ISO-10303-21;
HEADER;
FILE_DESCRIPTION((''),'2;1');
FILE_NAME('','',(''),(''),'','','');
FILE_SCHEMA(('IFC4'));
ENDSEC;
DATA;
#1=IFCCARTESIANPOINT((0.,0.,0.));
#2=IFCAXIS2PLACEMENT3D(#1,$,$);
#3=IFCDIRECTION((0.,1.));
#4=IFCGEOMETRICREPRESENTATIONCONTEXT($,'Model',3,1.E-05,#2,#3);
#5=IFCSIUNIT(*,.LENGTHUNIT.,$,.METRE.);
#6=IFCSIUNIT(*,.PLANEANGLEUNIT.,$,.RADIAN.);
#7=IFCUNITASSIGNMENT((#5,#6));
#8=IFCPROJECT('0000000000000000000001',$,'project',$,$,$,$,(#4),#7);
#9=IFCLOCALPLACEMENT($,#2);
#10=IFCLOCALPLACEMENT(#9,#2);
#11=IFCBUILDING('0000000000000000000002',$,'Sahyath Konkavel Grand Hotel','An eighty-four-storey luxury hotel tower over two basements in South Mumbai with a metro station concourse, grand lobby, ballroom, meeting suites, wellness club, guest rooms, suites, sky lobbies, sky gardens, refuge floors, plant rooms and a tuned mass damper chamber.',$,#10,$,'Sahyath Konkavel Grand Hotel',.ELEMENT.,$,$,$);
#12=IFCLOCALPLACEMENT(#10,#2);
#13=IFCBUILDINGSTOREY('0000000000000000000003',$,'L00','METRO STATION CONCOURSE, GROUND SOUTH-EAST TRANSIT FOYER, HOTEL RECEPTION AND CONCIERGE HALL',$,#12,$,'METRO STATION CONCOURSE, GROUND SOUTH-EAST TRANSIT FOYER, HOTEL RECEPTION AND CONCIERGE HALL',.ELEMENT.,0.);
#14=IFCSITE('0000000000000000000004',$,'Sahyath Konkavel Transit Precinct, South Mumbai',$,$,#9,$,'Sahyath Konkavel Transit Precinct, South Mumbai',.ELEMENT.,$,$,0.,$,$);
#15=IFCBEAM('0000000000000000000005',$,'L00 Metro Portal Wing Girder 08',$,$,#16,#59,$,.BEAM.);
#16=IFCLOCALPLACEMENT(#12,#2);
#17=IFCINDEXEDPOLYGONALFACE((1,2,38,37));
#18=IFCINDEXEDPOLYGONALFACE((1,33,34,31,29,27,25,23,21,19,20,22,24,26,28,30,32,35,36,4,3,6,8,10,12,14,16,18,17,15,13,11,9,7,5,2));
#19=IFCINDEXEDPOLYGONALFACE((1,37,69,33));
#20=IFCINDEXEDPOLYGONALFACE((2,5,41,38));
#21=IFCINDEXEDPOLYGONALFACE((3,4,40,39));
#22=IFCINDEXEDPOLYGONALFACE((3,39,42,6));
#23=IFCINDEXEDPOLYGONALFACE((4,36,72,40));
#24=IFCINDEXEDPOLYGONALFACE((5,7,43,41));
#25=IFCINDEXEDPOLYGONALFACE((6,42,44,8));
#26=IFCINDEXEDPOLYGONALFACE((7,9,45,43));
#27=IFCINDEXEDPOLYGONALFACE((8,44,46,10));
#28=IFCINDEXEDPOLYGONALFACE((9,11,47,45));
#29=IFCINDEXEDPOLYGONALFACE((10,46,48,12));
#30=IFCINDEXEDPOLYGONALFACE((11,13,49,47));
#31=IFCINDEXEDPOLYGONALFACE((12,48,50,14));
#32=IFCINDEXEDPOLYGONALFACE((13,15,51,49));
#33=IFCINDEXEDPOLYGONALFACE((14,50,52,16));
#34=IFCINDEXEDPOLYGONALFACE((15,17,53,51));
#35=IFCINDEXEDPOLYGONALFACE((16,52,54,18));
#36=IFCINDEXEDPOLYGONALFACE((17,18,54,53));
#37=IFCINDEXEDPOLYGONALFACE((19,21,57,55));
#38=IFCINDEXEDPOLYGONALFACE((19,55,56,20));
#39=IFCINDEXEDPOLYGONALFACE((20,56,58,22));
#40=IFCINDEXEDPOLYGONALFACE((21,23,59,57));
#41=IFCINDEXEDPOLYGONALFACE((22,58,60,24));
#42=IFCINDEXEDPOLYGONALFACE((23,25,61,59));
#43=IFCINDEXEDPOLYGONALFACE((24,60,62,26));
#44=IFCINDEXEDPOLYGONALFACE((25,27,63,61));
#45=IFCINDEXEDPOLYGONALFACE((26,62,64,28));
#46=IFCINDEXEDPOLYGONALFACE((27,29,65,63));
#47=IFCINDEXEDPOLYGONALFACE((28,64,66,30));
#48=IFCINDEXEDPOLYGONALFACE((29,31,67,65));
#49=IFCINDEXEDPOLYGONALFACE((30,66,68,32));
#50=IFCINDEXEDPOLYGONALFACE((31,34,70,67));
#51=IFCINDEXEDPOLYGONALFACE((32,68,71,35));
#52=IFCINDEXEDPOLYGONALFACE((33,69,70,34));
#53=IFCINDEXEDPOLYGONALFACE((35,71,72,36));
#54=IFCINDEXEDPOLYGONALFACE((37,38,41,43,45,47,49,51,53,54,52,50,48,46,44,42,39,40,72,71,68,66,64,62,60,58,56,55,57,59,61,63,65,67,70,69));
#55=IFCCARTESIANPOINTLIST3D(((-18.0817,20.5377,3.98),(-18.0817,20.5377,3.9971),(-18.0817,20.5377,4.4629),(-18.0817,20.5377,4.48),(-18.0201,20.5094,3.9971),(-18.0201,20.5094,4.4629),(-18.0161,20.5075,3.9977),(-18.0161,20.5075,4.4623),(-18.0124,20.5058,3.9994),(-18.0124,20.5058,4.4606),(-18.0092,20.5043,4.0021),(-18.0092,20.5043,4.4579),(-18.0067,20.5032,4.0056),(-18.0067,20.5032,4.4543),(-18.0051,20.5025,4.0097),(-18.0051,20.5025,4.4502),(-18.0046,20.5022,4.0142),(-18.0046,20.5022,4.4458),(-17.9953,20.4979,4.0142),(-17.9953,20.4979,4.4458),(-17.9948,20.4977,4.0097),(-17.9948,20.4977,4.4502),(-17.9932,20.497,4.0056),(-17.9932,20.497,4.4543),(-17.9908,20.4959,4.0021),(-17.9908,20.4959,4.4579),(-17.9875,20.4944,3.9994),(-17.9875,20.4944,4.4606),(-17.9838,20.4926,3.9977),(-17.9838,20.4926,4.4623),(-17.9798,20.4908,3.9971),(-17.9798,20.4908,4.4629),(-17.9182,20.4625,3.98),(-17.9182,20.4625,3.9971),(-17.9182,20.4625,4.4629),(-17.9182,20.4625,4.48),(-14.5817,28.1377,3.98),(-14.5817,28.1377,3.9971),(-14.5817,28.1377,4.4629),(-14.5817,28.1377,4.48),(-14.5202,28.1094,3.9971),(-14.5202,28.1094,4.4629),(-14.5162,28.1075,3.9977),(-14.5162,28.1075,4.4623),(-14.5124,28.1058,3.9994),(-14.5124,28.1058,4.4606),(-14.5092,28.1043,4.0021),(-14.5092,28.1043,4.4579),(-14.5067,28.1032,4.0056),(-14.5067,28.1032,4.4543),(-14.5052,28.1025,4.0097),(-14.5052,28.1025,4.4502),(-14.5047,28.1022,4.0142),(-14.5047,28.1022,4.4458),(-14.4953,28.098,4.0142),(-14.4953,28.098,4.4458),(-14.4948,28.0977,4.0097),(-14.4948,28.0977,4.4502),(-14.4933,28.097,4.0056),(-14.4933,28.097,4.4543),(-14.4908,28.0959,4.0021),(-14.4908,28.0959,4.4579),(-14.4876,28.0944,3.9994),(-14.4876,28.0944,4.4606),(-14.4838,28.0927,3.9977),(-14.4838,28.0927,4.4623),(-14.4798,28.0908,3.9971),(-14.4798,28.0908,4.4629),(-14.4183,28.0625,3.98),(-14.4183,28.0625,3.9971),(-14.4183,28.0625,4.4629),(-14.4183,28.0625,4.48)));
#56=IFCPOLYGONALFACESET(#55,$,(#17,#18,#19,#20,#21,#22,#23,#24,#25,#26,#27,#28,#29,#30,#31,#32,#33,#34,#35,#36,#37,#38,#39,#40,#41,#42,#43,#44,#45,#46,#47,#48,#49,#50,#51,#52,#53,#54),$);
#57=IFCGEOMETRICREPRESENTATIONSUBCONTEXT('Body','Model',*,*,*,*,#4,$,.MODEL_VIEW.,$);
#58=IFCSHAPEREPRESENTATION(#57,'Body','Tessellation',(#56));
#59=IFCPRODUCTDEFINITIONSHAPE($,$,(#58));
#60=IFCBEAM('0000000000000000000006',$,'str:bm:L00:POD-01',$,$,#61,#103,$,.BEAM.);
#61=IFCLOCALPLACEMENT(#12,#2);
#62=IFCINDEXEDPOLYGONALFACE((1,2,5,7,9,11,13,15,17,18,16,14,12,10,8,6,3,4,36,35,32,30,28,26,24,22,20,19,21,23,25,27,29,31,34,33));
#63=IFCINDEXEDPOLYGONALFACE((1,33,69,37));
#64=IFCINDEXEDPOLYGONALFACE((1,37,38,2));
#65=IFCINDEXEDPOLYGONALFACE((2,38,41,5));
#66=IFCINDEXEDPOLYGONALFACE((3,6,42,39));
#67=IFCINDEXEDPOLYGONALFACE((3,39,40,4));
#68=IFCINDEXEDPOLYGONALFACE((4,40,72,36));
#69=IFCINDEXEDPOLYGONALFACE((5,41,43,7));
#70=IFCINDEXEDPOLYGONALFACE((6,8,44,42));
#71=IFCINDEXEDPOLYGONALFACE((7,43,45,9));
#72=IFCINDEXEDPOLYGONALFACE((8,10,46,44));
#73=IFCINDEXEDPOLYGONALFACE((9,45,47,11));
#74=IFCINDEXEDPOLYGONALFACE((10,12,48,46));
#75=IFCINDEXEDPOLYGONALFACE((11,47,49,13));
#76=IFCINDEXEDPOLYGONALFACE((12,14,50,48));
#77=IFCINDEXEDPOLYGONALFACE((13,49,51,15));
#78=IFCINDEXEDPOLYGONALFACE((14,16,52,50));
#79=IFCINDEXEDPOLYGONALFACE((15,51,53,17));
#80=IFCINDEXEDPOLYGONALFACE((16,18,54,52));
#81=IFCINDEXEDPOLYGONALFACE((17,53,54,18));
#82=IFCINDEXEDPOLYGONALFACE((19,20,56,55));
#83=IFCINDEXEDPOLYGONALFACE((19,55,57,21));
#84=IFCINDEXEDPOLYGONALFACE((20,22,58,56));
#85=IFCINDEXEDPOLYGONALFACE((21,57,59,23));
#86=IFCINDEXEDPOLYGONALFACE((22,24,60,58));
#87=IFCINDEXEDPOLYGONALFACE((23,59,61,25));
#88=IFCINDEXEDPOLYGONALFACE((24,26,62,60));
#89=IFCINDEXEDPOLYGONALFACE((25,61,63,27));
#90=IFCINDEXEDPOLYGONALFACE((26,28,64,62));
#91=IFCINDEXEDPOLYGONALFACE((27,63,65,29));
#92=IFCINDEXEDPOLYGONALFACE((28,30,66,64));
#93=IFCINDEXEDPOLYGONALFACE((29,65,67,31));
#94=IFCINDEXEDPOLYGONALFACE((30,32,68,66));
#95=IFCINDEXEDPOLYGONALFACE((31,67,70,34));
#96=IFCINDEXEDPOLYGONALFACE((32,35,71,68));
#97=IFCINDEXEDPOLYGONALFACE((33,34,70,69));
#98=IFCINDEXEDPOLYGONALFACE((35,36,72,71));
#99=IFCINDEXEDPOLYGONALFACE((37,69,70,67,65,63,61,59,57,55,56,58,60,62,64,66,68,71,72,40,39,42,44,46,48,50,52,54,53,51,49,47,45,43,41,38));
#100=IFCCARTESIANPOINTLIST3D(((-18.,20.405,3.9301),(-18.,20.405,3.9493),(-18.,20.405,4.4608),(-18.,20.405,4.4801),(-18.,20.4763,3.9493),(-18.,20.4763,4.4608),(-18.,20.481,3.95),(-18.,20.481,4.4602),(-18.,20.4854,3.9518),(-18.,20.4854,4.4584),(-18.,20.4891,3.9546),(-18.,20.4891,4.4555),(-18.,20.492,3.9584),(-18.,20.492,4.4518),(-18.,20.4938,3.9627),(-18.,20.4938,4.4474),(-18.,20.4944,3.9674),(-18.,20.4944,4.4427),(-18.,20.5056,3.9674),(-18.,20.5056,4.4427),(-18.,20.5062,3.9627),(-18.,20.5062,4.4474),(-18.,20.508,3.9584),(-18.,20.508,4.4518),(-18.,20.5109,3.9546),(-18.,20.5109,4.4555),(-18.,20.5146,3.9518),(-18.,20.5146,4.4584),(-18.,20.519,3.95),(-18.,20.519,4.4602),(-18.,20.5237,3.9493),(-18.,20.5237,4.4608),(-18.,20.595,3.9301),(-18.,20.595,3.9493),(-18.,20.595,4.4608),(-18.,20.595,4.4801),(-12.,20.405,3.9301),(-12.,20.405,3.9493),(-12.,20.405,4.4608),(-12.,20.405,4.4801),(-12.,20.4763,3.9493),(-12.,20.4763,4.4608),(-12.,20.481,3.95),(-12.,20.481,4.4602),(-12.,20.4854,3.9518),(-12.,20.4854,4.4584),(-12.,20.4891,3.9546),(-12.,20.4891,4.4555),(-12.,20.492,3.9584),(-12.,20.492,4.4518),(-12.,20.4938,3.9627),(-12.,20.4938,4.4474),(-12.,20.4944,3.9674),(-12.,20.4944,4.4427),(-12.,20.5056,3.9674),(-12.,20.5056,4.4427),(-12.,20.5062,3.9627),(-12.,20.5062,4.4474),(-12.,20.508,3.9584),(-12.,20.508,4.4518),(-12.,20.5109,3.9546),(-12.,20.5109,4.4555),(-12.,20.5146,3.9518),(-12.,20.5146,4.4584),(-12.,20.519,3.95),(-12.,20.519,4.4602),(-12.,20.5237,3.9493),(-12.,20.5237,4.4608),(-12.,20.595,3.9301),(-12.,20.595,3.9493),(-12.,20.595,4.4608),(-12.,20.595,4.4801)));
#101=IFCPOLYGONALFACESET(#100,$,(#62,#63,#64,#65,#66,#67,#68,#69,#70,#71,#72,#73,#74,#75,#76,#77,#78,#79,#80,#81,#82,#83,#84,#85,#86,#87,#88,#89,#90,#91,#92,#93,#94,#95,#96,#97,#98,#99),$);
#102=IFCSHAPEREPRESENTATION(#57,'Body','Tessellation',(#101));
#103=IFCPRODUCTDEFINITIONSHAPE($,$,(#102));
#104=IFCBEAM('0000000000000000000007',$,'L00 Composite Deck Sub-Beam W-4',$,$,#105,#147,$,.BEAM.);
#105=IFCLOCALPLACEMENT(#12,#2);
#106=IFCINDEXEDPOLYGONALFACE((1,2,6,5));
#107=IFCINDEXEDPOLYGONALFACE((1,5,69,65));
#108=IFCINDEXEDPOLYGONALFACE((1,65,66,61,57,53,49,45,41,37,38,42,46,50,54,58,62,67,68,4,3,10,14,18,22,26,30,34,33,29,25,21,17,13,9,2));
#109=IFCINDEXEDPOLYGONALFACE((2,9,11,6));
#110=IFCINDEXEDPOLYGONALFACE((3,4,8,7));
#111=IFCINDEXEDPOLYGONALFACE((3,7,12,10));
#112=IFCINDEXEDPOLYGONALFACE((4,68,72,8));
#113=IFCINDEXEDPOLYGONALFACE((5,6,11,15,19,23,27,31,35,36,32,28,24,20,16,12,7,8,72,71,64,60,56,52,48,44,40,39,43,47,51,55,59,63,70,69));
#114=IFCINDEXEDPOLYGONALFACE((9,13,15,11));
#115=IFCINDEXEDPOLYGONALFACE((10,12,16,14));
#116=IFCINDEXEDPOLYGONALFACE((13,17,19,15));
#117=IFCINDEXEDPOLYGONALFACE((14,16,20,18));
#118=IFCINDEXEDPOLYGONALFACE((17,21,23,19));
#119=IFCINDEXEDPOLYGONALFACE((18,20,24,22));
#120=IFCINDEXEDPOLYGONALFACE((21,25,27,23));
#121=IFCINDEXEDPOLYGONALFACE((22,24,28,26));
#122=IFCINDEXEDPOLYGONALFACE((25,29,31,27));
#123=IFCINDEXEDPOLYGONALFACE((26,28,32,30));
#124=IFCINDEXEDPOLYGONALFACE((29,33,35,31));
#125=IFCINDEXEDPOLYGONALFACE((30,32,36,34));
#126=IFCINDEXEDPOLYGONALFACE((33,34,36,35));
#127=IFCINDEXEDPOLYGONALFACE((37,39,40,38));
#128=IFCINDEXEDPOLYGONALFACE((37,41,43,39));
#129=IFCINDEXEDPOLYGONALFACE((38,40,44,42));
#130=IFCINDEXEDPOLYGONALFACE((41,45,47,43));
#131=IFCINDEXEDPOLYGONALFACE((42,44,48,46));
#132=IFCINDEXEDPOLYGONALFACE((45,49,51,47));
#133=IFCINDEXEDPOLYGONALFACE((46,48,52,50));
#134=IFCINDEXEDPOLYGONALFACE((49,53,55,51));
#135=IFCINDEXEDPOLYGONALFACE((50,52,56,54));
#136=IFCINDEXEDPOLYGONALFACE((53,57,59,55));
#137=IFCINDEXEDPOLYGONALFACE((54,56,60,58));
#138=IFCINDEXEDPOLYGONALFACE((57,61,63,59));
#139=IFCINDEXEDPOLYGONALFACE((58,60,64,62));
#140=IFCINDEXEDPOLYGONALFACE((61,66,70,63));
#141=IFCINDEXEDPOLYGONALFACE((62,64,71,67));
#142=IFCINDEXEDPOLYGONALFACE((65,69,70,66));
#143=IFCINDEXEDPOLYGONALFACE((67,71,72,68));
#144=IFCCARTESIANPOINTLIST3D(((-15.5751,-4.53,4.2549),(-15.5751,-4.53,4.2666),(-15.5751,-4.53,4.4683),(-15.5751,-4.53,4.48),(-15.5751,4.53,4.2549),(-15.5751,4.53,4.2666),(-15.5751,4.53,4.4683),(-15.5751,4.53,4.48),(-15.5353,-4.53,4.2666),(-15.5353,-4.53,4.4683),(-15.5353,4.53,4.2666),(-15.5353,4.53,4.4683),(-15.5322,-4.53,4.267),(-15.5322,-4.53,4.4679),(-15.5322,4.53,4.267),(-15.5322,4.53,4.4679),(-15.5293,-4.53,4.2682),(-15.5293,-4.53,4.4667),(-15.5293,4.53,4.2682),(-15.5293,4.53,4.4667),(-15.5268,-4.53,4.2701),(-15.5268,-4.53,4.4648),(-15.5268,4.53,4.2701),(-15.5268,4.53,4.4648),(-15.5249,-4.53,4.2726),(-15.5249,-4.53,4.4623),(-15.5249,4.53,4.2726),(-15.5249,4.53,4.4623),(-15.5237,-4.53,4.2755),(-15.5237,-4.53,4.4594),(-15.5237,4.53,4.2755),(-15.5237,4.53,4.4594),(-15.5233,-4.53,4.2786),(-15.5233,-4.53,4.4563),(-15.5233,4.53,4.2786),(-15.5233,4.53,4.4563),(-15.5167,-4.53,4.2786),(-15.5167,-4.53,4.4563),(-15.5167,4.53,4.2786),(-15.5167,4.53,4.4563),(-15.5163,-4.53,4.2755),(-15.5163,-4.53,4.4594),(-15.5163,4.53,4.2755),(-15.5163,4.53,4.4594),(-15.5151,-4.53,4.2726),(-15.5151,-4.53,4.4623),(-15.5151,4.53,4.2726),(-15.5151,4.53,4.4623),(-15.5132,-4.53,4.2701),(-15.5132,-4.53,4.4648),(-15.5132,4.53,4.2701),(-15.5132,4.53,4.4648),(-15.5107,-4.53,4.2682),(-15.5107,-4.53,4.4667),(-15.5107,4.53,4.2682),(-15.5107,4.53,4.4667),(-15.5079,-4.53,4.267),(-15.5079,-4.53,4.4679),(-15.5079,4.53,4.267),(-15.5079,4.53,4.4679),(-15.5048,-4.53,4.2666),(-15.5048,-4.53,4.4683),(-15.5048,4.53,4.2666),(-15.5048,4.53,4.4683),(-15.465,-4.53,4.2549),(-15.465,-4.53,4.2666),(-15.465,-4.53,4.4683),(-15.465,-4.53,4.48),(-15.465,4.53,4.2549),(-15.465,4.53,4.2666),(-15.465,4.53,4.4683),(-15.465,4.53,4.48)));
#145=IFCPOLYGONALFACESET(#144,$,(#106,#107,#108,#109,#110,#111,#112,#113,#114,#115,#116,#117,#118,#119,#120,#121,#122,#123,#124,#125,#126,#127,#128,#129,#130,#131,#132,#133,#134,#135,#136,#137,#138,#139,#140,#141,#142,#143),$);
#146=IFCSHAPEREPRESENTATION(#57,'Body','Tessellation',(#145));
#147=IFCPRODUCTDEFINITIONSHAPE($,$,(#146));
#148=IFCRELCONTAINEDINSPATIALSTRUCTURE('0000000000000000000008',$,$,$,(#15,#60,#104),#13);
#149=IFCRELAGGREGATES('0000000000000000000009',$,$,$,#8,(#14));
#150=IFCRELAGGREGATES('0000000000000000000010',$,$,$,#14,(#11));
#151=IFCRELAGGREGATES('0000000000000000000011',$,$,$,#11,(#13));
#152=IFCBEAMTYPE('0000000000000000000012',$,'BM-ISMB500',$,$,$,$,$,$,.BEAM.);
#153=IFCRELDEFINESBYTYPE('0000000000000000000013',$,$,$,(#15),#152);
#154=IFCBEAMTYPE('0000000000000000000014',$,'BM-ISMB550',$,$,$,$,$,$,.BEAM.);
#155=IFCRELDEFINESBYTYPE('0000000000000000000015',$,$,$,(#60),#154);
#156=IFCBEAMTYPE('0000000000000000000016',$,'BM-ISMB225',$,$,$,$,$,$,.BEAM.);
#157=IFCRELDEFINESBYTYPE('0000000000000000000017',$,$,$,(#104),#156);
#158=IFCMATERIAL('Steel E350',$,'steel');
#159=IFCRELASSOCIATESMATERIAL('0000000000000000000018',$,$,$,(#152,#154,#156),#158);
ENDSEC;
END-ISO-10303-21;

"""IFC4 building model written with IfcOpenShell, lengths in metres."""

from ifc_helpers import new_model, si_unit, direction, frame, origin, origin_2d, place, context, subcontext, project, spatial, i_section, extrude, source, transform, mapped, material, material_profile, profile_set, type_object, element, save


model = new_model("IFC4")

# Units and contexts
model_context = context("Model", 3, precision=1e-05, world=origin(), true_north=direction((0.0, 1.0)))
body_context = subcontext(model_context, "Body", "Model", "MODEL_VIEW")
ifc_project = project(units=[si_unit("LENGTHUNIT", "METRE"), si_unit("PLANEANGLEUNIT", "RADIAN")], contexts=[model_context])

# Site, building, storey
site_placement = place(None, origin())
site = spatial("IfcSite", under=ifc_project, at=site_placement, Name="Sahyath Konkavel Transit Precinct, South Mumbai", LongName="Sahyath Konkavel Transit Precinct, South Mumbai", CompositionType="ELEMENT", RefElevation=0.0)
building_placement = place(site_placement, origin())
building = spatial("IfcBuilding", under=site, at=building_placement, Name="Sahyath Konkavel Grand Hotel", Description="An eighty-four-storey luxury hotel tower over two basements in South Mumbai with a metro station concourse, grand lobby, ballroom, meeting suites, wellness club, guest rooms, suites, sky lobbies, sky gardens, refuge floors, plant rooms and a tuned mass damper chamber.", LongName="Sahyath Konkavel Grand Hotel", CompositionType="ELEMENT")
storey_placement = place(building_placement, origin())
storey = spatial("IfcBuildingStorey", under=building, at=storey_placement, Name="L00", Description="METRO STATION CONCOURSE, GROUND SOUTH-EAST TRANSIT FOYER, HOTEL RECEPTION AND CONCIERGE HALL", LongName="METRO STATION CONCOURSE, GROUND SOUTH-EAST TRANSIT FOYER, HOTEL RECEPTION AND CONCIERGE HALL", CompositionType="ELEMENT", Elevation=0.0)

# Shared definitions
ifc_material_1 = material(Name="Steel E350", Category="steel")

# Beams
ifc_material_profile_1 = material_profile(ifc_material_1, i_section(OverallWidth=0.1799, OverallDepth=0.5, WebThickness=0.0103, FlangeThickness=0.0171, FilletRadius=0.0171, at=origin_2d()), Name="ISMB 500")
ifc_profile_set_1 = profile_set([ifc_material_profile_1], Name="Steel E350")
beam_type_1 = type_object("IfcBeamType", Name="BM-ISMB500", PredefinedType="BEAM", material=ifc_profile_set_1)
shared_shape_1 = source(origin(), body_context, "Body", "SweptSolid", [
    extrude(i_section(OverallWidth=0.1799, OverallDepth=0.5, WebThickness=0.0103, FlangeThickness=0.0171, FilletRadius=0.0171, at=origin_2d()), origin(), (0.0, 0.0, 1.0), 8.3672),
])
beam_1_placement = place(storey_placement, frame((-14.5, 28.1001, 4.23), z_axis=(-0.418296, -0.908311, 0.0), x_axis=(0.908311, -0.418296, 0.0)))
element("IfcBeam", 1, at=beam_1_placement, inside=storey, type_object=beam_type_1, Name="L00 Metro Portal Wing Girder 08", PredefinedType="BEAM", context=body_context, shape_type="MappedRepresentation", body=[
    mapped(shared_shape_1, transform((0.0, 0.0, 0.0), scale=1.0)),
])
ifc_material_profile_2 = material_profile(ifc_material_1, i_section(OverallWidth=0.1899, OverallDepth=0.55, WebThickness=0.0112, FlangeThickness=0.0193, FilletRadius=0.0181, at=origin_2d()), Name="ISMB 550")
ifc_profile_set_2 = profile_set([ifc_material_profile_2], Name="Steel E350")
beam_type_2 = type_object("IfcBeamType", Name="BM-ISMB550", PredefinedType="BEAM", material=ifc_profile_set_2)
shared_shape_2 = source(origin(), body_context, "Body", "SweptSolid", [
    extrude(i_section(OverallWidth=0.1899, OverallDepth=0.55, WebThickness=0.0112, FlangeThickness=0.0193, FilletRadius=0.0181, at=origin_2d()), origin(), (0.0, 0.0, 1.0), 6.0),
])
beam_2_placement = place(storey_placement, frame((-18.0, 20.5, 4.2051), z_axis=(1.0, 0.0, 0.0), x_axis=(0.0, 1.0, 0.0)))
element("IfcBeam", 2, at=beam_2_placement, inside=storey, type_object=beam_type_2, Name="str:bm:L00:POD-01", PredefinedType="BEAM", context=body_context, shape_type="MappedRepresentation", body=[
    mapped(shared_shape_2, transform((0.0, 0.0, 0.0), scale=1.0)),
])
ifc_material_profile_3 = material_profile(ifc_material_1, i_section(OverallWidth=0.1101, OverallDepth=0.2251, WebThickness=0.0066, FlangeThickness=0.0117, FilletRadius=0.012, at=origin_2d()), Name="ISMB 225")
ifc_profile_set_3 = profile_set([ifc_material_profile_3], Name="Steel E350")
beam_type_3 = type_object("IfcBeamType", Name="BM-ISMB225", PredefinedType="BEAM", material=ifc_profile_set_3)
shared_shape_3 = source(origin(), body_context, "Body", "SweptSolid", [
    extrude(i_section(OverallWidth=0.1101, OverallDepth=0.2251, WebThickness=0.0066, FlangeThickness=0.0117, FilletRadius=0.012, at=origin_2d()), origin(), (0.0, 0.0, 1.0), 9.0601),
])
beam_3_placement = place(storey_placement, frame((-15.52, 4.53, 4.3674), z_axis=(0.0, -1.0, 0.0), x_axis=(1.0, 0.0, 0.0)))
element("IfcBeam", 3, at=beam_3_placement, inside=storey, type_object=beam_type_3, Name="L00 Composite Deck Sub-Beam W-4", PredefinedType="BEAM", context=body_context, shape_type="MappedRepresentation", body=[
    mapped(shared_shape_3, transform((0.0, 0.0, 0.0), scale=1.0)),
])

save(model, "model.ifc")
